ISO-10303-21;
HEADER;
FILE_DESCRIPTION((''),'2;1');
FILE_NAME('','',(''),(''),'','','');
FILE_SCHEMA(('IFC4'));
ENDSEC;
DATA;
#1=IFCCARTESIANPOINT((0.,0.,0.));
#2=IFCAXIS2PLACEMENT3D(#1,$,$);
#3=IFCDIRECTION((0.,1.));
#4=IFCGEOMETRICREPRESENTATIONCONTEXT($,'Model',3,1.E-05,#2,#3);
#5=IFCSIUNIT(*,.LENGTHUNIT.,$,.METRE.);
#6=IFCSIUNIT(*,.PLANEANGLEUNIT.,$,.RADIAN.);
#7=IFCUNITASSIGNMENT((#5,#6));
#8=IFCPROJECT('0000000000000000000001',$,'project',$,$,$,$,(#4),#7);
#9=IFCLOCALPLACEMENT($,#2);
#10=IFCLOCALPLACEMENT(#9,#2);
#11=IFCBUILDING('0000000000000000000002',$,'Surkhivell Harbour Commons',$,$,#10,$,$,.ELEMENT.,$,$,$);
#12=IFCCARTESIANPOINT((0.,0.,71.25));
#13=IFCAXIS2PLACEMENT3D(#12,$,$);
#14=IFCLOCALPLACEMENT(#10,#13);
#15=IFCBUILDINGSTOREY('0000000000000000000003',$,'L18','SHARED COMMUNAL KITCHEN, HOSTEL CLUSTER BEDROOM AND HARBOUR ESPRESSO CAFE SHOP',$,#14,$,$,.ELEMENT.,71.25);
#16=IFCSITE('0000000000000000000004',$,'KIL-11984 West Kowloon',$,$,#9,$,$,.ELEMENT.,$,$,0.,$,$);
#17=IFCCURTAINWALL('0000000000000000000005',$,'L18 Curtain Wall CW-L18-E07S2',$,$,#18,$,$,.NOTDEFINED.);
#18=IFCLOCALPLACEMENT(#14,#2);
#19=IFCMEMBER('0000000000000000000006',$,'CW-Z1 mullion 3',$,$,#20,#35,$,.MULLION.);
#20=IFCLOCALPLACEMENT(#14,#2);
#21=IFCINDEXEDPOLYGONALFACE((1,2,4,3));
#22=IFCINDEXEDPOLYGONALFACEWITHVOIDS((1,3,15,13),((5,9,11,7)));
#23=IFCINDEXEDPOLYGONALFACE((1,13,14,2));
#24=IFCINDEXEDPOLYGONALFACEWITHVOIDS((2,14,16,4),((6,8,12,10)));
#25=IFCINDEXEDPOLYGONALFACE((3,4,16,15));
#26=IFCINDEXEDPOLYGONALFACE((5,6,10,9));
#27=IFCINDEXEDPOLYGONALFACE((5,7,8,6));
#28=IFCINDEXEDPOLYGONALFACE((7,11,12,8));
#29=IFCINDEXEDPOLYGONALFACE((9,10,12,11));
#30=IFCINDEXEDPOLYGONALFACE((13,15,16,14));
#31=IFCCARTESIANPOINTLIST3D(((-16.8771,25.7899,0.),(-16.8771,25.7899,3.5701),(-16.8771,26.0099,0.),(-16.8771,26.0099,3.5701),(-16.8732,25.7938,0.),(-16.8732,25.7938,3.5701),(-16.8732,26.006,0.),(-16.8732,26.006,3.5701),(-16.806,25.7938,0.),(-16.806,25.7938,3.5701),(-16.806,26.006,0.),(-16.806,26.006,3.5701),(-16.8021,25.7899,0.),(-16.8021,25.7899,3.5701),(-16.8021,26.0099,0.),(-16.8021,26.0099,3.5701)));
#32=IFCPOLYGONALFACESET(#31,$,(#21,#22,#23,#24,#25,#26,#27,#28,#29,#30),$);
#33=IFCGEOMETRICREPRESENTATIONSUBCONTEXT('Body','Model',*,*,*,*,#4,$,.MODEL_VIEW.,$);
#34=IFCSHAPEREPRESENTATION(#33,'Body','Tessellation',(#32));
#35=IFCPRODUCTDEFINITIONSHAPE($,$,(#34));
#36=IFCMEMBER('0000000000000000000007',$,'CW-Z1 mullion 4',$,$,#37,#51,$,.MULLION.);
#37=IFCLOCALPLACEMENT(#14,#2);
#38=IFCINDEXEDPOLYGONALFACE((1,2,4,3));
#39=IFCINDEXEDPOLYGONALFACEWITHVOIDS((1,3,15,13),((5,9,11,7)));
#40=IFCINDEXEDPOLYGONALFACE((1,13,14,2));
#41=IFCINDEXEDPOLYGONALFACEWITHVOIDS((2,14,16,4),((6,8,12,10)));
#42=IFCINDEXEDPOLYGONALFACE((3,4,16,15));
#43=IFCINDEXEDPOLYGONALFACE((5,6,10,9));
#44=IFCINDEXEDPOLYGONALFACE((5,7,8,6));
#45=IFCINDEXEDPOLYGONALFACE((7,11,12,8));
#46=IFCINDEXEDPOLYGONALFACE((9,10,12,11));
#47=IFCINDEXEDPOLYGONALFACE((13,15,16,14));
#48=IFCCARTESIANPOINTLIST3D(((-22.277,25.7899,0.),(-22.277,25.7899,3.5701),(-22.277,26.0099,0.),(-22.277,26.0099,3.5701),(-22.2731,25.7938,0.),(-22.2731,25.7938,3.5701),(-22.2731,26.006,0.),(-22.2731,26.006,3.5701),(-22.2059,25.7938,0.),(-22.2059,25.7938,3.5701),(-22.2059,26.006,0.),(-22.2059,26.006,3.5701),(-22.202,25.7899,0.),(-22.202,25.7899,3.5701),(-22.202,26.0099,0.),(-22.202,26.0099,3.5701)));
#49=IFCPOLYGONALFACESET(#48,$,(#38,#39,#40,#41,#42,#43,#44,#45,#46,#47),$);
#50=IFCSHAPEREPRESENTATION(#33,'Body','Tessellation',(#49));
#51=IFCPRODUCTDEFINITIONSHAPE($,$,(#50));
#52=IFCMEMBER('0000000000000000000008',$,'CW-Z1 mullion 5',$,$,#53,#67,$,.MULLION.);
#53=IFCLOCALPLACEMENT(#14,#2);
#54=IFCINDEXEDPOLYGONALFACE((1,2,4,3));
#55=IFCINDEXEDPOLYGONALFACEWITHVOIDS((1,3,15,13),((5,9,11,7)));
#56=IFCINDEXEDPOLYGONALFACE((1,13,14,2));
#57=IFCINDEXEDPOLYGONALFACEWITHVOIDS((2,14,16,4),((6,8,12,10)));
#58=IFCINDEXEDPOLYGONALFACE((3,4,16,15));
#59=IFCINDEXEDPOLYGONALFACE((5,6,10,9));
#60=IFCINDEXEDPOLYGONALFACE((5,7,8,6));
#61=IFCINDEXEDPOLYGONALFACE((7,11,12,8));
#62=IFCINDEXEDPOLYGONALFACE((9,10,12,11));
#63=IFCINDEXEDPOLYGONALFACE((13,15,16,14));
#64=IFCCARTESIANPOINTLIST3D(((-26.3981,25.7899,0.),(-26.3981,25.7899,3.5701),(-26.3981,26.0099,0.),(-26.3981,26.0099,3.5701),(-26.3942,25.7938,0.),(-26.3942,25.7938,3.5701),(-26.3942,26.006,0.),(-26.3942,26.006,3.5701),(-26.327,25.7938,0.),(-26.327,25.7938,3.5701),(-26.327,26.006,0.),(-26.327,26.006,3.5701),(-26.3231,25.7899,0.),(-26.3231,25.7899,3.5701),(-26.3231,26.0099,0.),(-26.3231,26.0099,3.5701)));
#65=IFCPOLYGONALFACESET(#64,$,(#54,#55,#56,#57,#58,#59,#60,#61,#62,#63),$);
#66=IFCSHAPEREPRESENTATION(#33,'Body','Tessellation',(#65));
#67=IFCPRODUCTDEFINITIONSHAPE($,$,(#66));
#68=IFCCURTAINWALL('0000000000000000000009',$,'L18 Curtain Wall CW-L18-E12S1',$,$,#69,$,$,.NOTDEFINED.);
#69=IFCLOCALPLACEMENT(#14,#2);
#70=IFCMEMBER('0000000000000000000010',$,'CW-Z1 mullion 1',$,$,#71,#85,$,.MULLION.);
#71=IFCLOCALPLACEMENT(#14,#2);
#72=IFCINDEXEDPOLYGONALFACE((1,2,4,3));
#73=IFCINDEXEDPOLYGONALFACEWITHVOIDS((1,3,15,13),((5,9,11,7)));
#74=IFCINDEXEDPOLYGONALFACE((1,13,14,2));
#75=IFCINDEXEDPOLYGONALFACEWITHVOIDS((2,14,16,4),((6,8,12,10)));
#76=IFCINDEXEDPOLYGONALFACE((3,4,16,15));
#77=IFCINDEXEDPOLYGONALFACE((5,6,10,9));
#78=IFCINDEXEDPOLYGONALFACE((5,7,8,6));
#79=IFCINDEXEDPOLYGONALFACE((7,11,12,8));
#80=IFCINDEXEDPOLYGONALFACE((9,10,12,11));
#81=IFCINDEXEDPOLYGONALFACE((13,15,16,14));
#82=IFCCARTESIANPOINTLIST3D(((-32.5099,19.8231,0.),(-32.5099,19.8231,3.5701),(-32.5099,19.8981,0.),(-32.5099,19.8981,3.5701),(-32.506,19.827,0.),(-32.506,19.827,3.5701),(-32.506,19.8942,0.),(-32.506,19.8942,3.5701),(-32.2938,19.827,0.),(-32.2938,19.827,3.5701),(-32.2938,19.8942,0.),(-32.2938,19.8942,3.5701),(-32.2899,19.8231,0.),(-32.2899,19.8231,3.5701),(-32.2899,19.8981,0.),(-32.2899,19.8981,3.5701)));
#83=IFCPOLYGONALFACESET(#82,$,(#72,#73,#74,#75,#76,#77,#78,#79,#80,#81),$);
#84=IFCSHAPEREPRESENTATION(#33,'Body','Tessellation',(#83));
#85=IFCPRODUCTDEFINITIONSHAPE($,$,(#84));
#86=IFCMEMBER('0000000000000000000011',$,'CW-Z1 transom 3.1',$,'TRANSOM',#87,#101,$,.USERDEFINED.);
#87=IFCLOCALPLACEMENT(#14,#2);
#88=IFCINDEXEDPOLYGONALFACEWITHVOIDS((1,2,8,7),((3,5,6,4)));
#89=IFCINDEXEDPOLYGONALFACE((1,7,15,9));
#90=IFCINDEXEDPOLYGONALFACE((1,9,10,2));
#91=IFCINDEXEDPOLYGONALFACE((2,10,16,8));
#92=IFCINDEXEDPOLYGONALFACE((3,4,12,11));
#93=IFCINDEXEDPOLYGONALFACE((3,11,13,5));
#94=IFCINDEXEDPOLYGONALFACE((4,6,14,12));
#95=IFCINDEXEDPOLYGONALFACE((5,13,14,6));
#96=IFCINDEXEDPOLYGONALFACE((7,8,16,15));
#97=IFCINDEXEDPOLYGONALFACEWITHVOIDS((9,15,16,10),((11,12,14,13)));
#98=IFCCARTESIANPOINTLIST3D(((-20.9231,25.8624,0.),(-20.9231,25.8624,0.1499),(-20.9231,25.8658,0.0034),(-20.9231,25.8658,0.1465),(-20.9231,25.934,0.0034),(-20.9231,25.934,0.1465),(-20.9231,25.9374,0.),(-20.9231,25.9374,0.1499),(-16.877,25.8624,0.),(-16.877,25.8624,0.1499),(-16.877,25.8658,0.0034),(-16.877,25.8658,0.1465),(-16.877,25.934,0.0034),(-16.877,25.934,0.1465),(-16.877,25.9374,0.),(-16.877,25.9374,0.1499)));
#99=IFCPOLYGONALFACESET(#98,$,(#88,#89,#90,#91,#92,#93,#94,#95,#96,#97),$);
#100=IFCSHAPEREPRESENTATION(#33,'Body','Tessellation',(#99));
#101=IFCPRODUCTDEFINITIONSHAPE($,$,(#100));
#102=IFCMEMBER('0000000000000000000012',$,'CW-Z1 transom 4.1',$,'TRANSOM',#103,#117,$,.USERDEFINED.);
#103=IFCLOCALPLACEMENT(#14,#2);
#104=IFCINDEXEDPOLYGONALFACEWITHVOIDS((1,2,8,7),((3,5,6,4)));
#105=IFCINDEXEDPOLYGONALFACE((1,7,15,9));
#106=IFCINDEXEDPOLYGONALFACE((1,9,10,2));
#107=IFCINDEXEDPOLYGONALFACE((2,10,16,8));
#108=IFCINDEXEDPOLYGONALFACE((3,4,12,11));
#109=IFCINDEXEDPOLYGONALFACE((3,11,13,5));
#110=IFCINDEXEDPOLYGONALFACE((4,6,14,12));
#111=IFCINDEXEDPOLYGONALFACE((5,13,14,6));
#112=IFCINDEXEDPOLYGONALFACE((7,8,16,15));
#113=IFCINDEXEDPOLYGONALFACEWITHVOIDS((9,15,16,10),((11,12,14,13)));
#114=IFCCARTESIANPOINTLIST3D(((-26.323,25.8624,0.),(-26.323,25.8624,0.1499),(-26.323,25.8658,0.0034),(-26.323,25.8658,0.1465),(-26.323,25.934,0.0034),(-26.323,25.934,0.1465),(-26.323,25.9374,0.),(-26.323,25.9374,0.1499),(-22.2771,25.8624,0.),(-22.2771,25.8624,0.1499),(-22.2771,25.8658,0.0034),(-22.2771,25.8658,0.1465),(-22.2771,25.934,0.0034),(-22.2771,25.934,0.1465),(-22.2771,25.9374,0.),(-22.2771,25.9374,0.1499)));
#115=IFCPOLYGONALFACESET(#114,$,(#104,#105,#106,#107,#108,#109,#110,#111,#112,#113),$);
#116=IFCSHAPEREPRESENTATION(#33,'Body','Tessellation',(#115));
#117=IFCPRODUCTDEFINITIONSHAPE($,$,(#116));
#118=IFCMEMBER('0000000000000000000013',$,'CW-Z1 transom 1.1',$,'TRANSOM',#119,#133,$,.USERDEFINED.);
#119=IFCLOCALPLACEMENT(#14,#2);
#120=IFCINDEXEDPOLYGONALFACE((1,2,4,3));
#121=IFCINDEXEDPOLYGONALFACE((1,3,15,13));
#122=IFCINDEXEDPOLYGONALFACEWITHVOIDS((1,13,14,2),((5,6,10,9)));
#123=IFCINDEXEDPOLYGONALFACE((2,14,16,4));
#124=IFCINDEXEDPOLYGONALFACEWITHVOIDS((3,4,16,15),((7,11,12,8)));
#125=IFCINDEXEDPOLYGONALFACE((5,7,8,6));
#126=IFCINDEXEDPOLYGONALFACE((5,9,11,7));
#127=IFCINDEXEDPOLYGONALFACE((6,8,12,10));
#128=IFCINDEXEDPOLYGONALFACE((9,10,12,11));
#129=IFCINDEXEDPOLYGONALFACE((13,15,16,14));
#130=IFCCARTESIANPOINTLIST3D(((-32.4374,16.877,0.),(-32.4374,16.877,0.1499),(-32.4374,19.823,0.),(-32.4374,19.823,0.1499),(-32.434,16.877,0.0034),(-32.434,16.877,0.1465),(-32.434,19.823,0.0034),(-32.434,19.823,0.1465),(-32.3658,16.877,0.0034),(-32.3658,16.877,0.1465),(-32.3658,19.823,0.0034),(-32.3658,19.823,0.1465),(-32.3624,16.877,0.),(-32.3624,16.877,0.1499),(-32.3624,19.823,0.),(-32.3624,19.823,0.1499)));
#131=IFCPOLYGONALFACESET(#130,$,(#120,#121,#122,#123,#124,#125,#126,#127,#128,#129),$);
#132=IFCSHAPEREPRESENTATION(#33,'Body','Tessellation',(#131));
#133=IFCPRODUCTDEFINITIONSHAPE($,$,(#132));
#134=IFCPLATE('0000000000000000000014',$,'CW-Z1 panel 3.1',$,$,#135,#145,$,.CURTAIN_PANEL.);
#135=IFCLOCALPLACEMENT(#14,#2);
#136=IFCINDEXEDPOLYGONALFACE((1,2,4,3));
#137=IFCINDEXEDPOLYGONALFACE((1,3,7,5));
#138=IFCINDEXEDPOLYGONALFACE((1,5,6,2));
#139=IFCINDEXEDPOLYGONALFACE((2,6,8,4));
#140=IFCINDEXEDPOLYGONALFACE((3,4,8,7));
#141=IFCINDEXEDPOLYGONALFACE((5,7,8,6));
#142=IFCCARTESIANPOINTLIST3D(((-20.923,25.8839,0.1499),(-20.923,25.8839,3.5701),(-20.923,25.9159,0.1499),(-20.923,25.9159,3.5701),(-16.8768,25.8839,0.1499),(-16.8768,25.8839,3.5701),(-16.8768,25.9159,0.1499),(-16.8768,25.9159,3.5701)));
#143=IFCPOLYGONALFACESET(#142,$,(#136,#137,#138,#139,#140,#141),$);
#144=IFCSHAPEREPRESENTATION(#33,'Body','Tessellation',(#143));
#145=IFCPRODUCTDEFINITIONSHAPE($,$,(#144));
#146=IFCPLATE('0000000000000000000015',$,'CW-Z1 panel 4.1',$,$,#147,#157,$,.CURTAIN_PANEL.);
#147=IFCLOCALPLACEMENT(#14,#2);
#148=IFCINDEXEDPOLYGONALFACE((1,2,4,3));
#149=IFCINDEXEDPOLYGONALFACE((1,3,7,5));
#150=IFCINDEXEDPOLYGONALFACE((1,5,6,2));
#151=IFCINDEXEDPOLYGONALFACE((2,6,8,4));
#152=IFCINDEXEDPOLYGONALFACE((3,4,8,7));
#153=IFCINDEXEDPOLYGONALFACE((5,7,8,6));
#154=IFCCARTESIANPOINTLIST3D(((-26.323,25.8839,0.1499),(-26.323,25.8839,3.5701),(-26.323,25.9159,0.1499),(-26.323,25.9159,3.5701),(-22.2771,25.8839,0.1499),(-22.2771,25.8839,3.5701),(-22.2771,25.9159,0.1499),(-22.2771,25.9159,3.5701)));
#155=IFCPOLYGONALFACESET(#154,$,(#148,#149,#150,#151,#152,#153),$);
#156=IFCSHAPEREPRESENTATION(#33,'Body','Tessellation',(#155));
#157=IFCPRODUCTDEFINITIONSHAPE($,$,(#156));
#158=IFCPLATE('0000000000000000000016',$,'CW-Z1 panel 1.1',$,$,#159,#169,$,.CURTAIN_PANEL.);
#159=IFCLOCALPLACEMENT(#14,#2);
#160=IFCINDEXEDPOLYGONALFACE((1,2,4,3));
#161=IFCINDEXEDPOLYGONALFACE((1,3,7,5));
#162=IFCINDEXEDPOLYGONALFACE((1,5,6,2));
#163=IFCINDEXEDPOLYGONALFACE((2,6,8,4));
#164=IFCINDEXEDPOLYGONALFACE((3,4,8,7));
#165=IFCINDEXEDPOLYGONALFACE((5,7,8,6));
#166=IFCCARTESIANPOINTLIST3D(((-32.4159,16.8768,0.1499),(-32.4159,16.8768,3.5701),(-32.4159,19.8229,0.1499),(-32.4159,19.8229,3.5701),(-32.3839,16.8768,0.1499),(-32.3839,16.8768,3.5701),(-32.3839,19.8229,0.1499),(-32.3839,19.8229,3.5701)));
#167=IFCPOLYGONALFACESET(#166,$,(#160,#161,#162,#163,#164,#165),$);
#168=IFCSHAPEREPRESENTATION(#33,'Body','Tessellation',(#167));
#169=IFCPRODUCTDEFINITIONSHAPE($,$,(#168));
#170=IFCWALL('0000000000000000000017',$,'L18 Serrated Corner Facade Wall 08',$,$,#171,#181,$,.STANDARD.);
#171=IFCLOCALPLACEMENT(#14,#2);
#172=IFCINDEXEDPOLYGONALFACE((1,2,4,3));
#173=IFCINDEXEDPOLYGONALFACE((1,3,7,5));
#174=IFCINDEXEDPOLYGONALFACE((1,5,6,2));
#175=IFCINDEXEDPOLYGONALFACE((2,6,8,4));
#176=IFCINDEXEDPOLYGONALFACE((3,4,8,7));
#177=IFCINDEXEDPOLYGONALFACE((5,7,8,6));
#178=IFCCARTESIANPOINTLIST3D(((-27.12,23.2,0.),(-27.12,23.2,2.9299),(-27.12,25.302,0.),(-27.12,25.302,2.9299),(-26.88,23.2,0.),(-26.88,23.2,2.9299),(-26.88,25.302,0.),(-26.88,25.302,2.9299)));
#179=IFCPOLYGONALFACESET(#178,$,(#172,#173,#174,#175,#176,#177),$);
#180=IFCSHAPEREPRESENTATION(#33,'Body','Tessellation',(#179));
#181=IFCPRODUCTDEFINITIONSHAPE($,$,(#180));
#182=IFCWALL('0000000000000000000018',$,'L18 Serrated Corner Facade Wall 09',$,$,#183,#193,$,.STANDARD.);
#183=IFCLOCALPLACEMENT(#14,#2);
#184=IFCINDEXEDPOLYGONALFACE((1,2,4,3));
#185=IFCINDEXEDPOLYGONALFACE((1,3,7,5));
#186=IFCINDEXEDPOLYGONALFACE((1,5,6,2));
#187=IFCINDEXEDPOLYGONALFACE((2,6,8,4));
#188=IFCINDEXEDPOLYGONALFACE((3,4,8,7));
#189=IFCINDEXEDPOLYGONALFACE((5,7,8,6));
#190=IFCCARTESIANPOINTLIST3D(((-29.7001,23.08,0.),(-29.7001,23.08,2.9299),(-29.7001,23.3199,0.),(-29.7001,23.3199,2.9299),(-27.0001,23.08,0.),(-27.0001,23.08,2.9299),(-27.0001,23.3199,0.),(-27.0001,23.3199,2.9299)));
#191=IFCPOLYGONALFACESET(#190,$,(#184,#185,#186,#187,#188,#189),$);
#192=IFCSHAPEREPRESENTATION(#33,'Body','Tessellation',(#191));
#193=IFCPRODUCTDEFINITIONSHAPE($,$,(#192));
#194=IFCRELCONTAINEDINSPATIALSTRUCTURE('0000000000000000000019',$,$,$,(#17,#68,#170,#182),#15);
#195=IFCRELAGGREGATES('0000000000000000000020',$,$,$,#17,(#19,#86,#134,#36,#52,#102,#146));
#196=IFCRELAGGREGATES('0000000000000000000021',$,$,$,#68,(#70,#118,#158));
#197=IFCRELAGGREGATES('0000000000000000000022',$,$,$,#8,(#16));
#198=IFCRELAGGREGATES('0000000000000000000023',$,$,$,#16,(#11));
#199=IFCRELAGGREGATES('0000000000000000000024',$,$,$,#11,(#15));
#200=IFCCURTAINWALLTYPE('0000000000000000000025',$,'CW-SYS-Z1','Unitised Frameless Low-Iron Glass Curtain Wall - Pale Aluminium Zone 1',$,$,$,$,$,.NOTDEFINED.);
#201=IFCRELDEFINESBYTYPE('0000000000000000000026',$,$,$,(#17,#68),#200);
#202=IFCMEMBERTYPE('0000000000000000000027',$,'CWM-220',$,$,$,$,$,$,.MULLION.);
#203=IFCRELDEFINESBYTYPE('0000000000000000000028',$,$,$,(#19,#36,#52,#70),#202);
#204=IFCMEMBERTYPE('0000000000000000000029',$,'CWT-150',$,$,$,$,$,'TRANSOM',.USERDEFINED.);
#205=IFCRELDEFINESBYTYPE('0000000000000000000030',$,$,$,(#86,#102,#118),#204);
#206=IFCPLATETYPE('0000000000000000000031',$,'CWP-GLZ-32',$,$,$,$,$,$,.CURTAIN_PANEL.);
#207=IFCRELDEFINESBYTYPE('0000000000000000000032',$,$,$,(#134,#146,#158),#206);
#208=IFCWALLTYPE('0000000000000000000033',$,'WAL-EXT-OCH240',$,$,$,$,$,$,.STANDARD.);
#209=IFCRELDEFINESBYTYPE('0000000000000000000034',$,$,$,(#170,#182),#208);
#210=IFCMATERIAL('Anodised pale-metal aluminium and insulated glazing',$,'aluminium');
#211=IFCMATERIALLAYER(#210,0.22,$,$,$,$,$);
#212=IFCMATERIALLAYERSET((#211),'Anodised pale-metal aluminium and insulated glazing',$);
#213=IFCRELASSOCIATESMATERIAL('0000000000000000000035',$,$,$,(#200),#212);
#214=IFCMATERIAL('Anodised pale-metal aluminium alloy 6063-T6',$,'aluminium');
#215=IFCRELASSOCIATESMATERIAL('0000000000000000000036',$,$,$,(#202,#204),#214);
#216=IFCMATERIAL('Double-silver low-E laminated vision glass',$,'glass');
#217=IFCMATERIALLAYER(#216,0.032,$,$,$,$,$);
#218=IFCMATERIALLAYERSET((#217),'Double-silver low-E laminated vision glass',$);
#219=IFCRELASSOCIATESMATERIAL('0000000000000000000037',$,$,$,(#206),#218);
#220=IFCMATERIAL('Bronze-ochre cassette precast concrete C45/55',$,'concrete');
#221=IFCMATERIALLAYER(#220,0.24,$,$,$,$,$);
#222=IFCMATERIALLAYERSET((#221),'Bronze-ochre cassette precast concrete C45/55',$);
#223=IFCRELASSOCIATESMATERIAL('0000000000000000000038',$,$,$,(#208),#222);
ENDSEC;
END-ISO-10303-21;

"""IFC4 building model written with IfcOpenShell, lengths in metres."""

from ifc_helpers import new_model, si_unit, direction, frame, frame_2d, origin, origin_2d, place, context, subcontext, project, spatial, rectangle, hollow_rectangle, extrude, material, layer, layer_set, material_profile, profile_set, type_object, element, aggregate, save


model = new_model("IFC4")

# Units and contexts
model_context = context("Model", 3, precision=1e-05, world=origin(), true_north=direction((0.0, 1.0)))
body_context = subcontext(model_context, "Body", "Model", "MODEL_VIEW")
ifc_project = project(units=[si_unit("LENGTHUNIT", "METRE"), si_unit("PLANEANGLEUNIT", "RADIAN")], contexts=[model_context])

# Site, building, storey
site_placement = place(None, origin())
site = spatial("IfcSite", under=ifc_project, at=site_placement, Name="KIL-11984 West Kowloon", CompositionType="ELEMENT", RefElevation=0.0)
building_placement = place(site_placement, origin())
building = spatial("IfcBuilding", under=site, at=building_placement, Name="Surkhivell Harbour Commons", CompositionType="ELEMENT")
storey_placement = place(building_placement, frame((0.0, 0.0, 71.25)))
storey = spatial("IfcBuildingStorey", under=building, at=storey_placement, Name="L18", Description="SHARED COMMUNAL KITCHEN, HOSTEL CLUSTER BEDROOM AND HARBOUR ESPRESSO CAFE SHOP", CompositionType="ELEMENT", Elevation=71.25)

# Curtain wall, members
ifc_material_1 = material(Name="Anodised pale-metal aluminium and insulated glazing", Category="aluminium")
ifc_layer_1 = layer(ifc_material_1, 0.22)
ifc_layer_set_1 = layer_set([ifc_layer_1], Name="Anodised pale-metal aluminium and insulated glazing")
curtain_wall_type = type_object("IfcCurtainWallType", Name="CW-SYS-Z1", Description="Unitised Frameless Low-Iron Glass Curtain Wall - Pale Aluminium Zone 1", PredefinedType="NOTDEFINED", material=ifc_layer_set_1)
curtain_wall_1_placement = place(storey_placement, origin())
curtain_wall_1 = element("IfcCurtainWall", 1, at=curtain_wall_1_placement, inside=storey, type_object=curtain_wall_type, Name="L18 Curtain Wall CW-L18-E07S2", PredefinedType="NOTDEFINED")
ifc_material_2 = material(Name="Anodised pale-metal aluminium alloy 6063-T6", Category="aluminium")
ifc_material_profile_1 = material_profile(ifc_material_2, hollow_rectangle(XDim=0.075, YDim=0.22, WallThickness=0.0039, at=origin_2d()), Name="ALU-MULL-75x220")
ifc_profile_set_1 = profile_set([ifc_material_profile_1], Name="Anodised pale-metal aluminium alloy 6063-T6")
member_type_1 = type_object("IfcMemberType", Name="CWM-220", PredefinedType="MULLION", material=ifc_profile_set_1)
member_1_placement = place(storey_placement, frame((-16.8396, 25.8999, 0.0), z_axis=(0.0, 0.0, 1.0), x_axis=(-1.0, 0.0, 0.0)))
member_1 = element("IfcMember", 2, at=member_1_placement, type_object=member_type_1, Name="CW-Z1 mullion 3", PredefinedType="MULLION", context=body_context, shape_type="SweptSolid", body=[
    extrude(hollow_rectangle(XDim=0.075, YDim=0.22, WallThickness=0.0039, at=origin_2d()), origin(), (0.0, 0.0, 1.0), 3.5701),
])
member_2_placement = place(storey_placement, frame((-22.2395, 25.8999, 0.0), z_axis=(0.0, 0.0, 1.0), x_axis=(-1.0, 0.0, 0.0)))
member_2 = element("IfcMember", 3, at=member_2_placement, type_object=member_type_1, Name="CW-Z1 mullion 4", PredefinedType="MULLION", context=body_context, shape_type="SweptSolid", body=[
    extrude(hollow_rectangle(XDim=0.075, YDim=0.22, WallThickness=0.0039, at=origin_2d()), origin(), (0.0, 0.0, 1.0), 3.5701),
])
member_3_placement = place(storey_placement, frame((-26.3606, 25.8999, 0.0), z_axis=(0.0, 0.0, 1.0), x_axis=(-1.0, 0.0, 0.0)))
member_3 = element("IfcMember", 4, at=member_3_placement, type_object=member_type_1, Name="CW-Z1 mullion 5", PredefinedType="MULLION", context=body_context, shape_type="SweptSolid", body=[
    extrude(hollow_rectangle(XDim=0.075, YDim=0.22, WallThickness=0.0039, at=origin_2d()), origin(), (0.0, 0.0, 1.0), 3.5701),
])

# Curtain wall, member
curtain_wall_2_placement = place(storey_placement, origin())
curtain_wall_2 = element("IfcCurtainWall", 5, at=curtain_wall_2_placement, inside=storey, type_object=curtain_wall_type, Name="L18 Curtain Wall CW-L18-E12S1", PredefinedType="NOTDEFINED")
member_4_placement = place(storey_placement, frame((-32.3999, 19.8606, 0.0), z_axis=(0.0, 0.0, 1.0), x_axis=(0.0, -1.0, 0.0)))
member_4 = element("IfcMember", 6, at=member_4_placement, type_object=member_type_1, Name="CW-Z1 mullion 1", PredefinedType="MULLION", context=body_context, shape_type="SweptSolid", body=[
    extrude(hollow_rectangle(XDim=0.075, YDim=0.22, WallThickness=0.0039, at=origin_2d()), origin(), (0.0, 0.0, 1.0), 3.5701),
])

# Members
ifc_material_profile_2 = material_profile(ifc_material_2, hollow_rectangle(XDim=0.075, YDim=0.1499, WallThickness=0.0034, at=origin_2d()), Name="ALU-TRAN-75x150")
ifc_profile_set_2 = profile_set([ifc_material_profile_2], Name="Anodised pale-metal aluminium alloy 6063-T6")
member_type_2 = type_object("IfcMemberType", Name="CWT-150", ElementType="TRANSOM", PredefinedType="USERDEFINED", material=ifc_profile_set_2)
member_5_placement = place(storey_placement, frame((-16.877, 25.8999, 0.075), z_axis=(-1.0, 0.0, 0.0), x_axis=(0.0, -1.0, 0.0)))
member_5 = element("IfcMember", 7, at=member_5_placement, type_object=member_type_2, Name="CW-Z1 transom 3.1", ObjectType="TRANSOM", PredefinedType="USERDEFINED", context=body_context, shape_type="SweptSolid", body=[
    extrude(hollow_rectangle(XDim=0.075, YDim=0.1499, WallThickness=0.0034, at=origin_2d()), origin(), (0.0, 0.0, 1.0), 4.0461),
])
member_6_placement = place(storey_placement, frame((-22.2771, 25.8999, 0.075), z_axis=(-1.0, 0.0, 0.0), x_axis=(0.0, -1.0, 0.0)))
member_6 = element("IfcMember", 8, at=member_6_placement, type_object=member_type_2, Name="CW-Z1 transom 4.1", ObjectType="TRANSOM", PredefinedType="USERDEFINED", context=body_context, shape_type="SweptSolid", body=[
    extrude(hollow_rectangle(XDim=0.075, YDim=0.1499, WallThickness=0.0034, at=origin_2d()), origin(), (0.0, 0.0, 1.0), 4.0459),
])
member_7_placement = place(storey_placement, frame((-32.3999, 19.823, 0.075), z_axis=(0.0, -1.0, 0.0), x_axis=(1.0, 0.0, 0.0)))
member_7 = element("IfcMember", 9, at=member_7_placement, type_object=member_type_2, Name="CW-Z1 transom 1.1", ObjectType="TRANSOM", PredefinedType="USERDEFINED", context=body_context, shape_type="SweptSolid", body=[
    extrude(hollow_rectangle(XDim=0.075, YDim=0.1499, WallThickness=0.0034, at=origin_2d()), origin(), (0.0, 0.0, 1.0), 2.946),
])

# Plates
ifc_material_3 = material(Name="Double-silver low-E laminated vision glass", Category="glass")
ifc_layer_2 = layer(ifc_material_3, 0.032)
ifc_layer_set_2 = layer_set([ifc_layer_2], Name="Double-silver low-E laminated vision glass")
plate_type = type_object("IfcPlateType", Name="CWP-GLZ-32", PredefinedType="CURTAIN_PANEL", material=ifc_layer_set_2)
plate_1_placement = place(storey_placement, frame((-16.877, 25.8999, 0.1499), z_axis=(0.0, 0.0, 1.0), x_axis=(-1.0, 0.0, 0.0)))
plate_1 = element("IfcPlate", 10, at=plate_1_placement, type_object=plate_type, Name="CW-Z1 panel 3.1", PredefinedType="CURTAIN_PANEL", context=body_context, shape_type="SweptSolid", body=[
    extrude(rectangle(XDim=4.0461, YDim=0.032, at=frame_2d((2.0229, 0.0))), origin(), (0.0, 0.0, 1.0), 3.4202),
])
plate_2_placement = place(storey_placement, frame((-22.2771, 25.8999, 0.1499), z_axis=(0.0, 0.0, 1.0), x_axis=(-1.0, 0.0, 0.0)))
plate_2 = element("IfcPlate", 11, at=plate_2_placement, type_object=plate_type, Name="CW-Z1 panel 4.1", PredefinedType="CURTAIN_PANEL", context=body_context, shape_type="SweptSolid", body=[
    extrude(rectangle(XDim=4.0459, YDim=0.032, at=frame_2d((2.0229, 0.0))), origin(), (0.0, 0.0, 1.0), 3.4202),
])
aggregate(curtain_wall_1, [member_1, member_5, plate_1, member_2, member_3, member_6, plate_2])
plate_3_placement = place(storey_placement, frame((-32.3999, 19.823, 0.1499), z_axis=(0.0, 0.0, 1.0), x_axis=(0.0, -1.0, 0.0)))
plate_3 = element("IfcPlate", 12, at=plate_3_placement, type_object=plate_type, Name="CW-Z1 panel 1.1", PredefinedType="CURTAIN_PANEL", context=body_context, shape_type="SweptSolid", body=[
    extrude(rectangle(XDim=2.946, YDim=0.032, at=frame_2d((1.4731, 0.0))), origin(), (0.0, 0.0, 1.0), 3.4202),
])
aggregate(curtain_wall_2, [member_4, member_7, plate_3])

# Walls
ifc_material_4 = material(Name="Bronze-ochre cassette precast concrete C45/55", Category="concrete")
ifc_layer_3 = layer(ifc_material_4, 0.24)
ifc_layer_set_3 = layer_set([ifc_layer_3], Name="Bronze-ochre cassette precast concrete C45/55")
wall_type = type_object("IfcWallType", Name="WAL-EXT-OCH240", PredefinedType="STANDARD", material=ifc_layer_set_3)
wall_1_placement = place(storey_placement, frame((-27.0, 25.302, 0.0), z_axis=(0.0, 0.0, 1.0), x_axis=(0.0, -1.0, 0.0)))
element("IfcWall", 13, at=wall_1_placement, inside=storey, type_object=wall_type, Name="L18 Serrated Corner Facade Wall 08", PredefinedType="STANDARD", context=body_context, shape_type="SweptSolid", body=[
    extrude(rectangle(XDim=2.1021, YDim=0.24, at=frame_2d((1.051, 0.0))), origin(), (0.0, 0.0, 1.0), 2.9299),
])
wall_2_placement = place(storey_placement, frame((-27.0, 23.2, 0.0), z_axis=(0.0, 0.0, 1.0), x_axis=(-1.0, 0.0, 0.0)))
element("IfcWall", 14, at=wall_2_placement, inside=storey, type_object=wall_type, Name="L18 Serrated Corner Facade Wall 09", PredefinedType="STANDARD", context=body_context, shape_type="SweptSolid", body=[
    extrude(rectangle(XDim=2.7, YDim=0.24, at=frame_2d((1.3501, 0.0))), origin(), (0.0, 0.0, 1.0), 2.9299),
])

save(model, "model.ifc")
